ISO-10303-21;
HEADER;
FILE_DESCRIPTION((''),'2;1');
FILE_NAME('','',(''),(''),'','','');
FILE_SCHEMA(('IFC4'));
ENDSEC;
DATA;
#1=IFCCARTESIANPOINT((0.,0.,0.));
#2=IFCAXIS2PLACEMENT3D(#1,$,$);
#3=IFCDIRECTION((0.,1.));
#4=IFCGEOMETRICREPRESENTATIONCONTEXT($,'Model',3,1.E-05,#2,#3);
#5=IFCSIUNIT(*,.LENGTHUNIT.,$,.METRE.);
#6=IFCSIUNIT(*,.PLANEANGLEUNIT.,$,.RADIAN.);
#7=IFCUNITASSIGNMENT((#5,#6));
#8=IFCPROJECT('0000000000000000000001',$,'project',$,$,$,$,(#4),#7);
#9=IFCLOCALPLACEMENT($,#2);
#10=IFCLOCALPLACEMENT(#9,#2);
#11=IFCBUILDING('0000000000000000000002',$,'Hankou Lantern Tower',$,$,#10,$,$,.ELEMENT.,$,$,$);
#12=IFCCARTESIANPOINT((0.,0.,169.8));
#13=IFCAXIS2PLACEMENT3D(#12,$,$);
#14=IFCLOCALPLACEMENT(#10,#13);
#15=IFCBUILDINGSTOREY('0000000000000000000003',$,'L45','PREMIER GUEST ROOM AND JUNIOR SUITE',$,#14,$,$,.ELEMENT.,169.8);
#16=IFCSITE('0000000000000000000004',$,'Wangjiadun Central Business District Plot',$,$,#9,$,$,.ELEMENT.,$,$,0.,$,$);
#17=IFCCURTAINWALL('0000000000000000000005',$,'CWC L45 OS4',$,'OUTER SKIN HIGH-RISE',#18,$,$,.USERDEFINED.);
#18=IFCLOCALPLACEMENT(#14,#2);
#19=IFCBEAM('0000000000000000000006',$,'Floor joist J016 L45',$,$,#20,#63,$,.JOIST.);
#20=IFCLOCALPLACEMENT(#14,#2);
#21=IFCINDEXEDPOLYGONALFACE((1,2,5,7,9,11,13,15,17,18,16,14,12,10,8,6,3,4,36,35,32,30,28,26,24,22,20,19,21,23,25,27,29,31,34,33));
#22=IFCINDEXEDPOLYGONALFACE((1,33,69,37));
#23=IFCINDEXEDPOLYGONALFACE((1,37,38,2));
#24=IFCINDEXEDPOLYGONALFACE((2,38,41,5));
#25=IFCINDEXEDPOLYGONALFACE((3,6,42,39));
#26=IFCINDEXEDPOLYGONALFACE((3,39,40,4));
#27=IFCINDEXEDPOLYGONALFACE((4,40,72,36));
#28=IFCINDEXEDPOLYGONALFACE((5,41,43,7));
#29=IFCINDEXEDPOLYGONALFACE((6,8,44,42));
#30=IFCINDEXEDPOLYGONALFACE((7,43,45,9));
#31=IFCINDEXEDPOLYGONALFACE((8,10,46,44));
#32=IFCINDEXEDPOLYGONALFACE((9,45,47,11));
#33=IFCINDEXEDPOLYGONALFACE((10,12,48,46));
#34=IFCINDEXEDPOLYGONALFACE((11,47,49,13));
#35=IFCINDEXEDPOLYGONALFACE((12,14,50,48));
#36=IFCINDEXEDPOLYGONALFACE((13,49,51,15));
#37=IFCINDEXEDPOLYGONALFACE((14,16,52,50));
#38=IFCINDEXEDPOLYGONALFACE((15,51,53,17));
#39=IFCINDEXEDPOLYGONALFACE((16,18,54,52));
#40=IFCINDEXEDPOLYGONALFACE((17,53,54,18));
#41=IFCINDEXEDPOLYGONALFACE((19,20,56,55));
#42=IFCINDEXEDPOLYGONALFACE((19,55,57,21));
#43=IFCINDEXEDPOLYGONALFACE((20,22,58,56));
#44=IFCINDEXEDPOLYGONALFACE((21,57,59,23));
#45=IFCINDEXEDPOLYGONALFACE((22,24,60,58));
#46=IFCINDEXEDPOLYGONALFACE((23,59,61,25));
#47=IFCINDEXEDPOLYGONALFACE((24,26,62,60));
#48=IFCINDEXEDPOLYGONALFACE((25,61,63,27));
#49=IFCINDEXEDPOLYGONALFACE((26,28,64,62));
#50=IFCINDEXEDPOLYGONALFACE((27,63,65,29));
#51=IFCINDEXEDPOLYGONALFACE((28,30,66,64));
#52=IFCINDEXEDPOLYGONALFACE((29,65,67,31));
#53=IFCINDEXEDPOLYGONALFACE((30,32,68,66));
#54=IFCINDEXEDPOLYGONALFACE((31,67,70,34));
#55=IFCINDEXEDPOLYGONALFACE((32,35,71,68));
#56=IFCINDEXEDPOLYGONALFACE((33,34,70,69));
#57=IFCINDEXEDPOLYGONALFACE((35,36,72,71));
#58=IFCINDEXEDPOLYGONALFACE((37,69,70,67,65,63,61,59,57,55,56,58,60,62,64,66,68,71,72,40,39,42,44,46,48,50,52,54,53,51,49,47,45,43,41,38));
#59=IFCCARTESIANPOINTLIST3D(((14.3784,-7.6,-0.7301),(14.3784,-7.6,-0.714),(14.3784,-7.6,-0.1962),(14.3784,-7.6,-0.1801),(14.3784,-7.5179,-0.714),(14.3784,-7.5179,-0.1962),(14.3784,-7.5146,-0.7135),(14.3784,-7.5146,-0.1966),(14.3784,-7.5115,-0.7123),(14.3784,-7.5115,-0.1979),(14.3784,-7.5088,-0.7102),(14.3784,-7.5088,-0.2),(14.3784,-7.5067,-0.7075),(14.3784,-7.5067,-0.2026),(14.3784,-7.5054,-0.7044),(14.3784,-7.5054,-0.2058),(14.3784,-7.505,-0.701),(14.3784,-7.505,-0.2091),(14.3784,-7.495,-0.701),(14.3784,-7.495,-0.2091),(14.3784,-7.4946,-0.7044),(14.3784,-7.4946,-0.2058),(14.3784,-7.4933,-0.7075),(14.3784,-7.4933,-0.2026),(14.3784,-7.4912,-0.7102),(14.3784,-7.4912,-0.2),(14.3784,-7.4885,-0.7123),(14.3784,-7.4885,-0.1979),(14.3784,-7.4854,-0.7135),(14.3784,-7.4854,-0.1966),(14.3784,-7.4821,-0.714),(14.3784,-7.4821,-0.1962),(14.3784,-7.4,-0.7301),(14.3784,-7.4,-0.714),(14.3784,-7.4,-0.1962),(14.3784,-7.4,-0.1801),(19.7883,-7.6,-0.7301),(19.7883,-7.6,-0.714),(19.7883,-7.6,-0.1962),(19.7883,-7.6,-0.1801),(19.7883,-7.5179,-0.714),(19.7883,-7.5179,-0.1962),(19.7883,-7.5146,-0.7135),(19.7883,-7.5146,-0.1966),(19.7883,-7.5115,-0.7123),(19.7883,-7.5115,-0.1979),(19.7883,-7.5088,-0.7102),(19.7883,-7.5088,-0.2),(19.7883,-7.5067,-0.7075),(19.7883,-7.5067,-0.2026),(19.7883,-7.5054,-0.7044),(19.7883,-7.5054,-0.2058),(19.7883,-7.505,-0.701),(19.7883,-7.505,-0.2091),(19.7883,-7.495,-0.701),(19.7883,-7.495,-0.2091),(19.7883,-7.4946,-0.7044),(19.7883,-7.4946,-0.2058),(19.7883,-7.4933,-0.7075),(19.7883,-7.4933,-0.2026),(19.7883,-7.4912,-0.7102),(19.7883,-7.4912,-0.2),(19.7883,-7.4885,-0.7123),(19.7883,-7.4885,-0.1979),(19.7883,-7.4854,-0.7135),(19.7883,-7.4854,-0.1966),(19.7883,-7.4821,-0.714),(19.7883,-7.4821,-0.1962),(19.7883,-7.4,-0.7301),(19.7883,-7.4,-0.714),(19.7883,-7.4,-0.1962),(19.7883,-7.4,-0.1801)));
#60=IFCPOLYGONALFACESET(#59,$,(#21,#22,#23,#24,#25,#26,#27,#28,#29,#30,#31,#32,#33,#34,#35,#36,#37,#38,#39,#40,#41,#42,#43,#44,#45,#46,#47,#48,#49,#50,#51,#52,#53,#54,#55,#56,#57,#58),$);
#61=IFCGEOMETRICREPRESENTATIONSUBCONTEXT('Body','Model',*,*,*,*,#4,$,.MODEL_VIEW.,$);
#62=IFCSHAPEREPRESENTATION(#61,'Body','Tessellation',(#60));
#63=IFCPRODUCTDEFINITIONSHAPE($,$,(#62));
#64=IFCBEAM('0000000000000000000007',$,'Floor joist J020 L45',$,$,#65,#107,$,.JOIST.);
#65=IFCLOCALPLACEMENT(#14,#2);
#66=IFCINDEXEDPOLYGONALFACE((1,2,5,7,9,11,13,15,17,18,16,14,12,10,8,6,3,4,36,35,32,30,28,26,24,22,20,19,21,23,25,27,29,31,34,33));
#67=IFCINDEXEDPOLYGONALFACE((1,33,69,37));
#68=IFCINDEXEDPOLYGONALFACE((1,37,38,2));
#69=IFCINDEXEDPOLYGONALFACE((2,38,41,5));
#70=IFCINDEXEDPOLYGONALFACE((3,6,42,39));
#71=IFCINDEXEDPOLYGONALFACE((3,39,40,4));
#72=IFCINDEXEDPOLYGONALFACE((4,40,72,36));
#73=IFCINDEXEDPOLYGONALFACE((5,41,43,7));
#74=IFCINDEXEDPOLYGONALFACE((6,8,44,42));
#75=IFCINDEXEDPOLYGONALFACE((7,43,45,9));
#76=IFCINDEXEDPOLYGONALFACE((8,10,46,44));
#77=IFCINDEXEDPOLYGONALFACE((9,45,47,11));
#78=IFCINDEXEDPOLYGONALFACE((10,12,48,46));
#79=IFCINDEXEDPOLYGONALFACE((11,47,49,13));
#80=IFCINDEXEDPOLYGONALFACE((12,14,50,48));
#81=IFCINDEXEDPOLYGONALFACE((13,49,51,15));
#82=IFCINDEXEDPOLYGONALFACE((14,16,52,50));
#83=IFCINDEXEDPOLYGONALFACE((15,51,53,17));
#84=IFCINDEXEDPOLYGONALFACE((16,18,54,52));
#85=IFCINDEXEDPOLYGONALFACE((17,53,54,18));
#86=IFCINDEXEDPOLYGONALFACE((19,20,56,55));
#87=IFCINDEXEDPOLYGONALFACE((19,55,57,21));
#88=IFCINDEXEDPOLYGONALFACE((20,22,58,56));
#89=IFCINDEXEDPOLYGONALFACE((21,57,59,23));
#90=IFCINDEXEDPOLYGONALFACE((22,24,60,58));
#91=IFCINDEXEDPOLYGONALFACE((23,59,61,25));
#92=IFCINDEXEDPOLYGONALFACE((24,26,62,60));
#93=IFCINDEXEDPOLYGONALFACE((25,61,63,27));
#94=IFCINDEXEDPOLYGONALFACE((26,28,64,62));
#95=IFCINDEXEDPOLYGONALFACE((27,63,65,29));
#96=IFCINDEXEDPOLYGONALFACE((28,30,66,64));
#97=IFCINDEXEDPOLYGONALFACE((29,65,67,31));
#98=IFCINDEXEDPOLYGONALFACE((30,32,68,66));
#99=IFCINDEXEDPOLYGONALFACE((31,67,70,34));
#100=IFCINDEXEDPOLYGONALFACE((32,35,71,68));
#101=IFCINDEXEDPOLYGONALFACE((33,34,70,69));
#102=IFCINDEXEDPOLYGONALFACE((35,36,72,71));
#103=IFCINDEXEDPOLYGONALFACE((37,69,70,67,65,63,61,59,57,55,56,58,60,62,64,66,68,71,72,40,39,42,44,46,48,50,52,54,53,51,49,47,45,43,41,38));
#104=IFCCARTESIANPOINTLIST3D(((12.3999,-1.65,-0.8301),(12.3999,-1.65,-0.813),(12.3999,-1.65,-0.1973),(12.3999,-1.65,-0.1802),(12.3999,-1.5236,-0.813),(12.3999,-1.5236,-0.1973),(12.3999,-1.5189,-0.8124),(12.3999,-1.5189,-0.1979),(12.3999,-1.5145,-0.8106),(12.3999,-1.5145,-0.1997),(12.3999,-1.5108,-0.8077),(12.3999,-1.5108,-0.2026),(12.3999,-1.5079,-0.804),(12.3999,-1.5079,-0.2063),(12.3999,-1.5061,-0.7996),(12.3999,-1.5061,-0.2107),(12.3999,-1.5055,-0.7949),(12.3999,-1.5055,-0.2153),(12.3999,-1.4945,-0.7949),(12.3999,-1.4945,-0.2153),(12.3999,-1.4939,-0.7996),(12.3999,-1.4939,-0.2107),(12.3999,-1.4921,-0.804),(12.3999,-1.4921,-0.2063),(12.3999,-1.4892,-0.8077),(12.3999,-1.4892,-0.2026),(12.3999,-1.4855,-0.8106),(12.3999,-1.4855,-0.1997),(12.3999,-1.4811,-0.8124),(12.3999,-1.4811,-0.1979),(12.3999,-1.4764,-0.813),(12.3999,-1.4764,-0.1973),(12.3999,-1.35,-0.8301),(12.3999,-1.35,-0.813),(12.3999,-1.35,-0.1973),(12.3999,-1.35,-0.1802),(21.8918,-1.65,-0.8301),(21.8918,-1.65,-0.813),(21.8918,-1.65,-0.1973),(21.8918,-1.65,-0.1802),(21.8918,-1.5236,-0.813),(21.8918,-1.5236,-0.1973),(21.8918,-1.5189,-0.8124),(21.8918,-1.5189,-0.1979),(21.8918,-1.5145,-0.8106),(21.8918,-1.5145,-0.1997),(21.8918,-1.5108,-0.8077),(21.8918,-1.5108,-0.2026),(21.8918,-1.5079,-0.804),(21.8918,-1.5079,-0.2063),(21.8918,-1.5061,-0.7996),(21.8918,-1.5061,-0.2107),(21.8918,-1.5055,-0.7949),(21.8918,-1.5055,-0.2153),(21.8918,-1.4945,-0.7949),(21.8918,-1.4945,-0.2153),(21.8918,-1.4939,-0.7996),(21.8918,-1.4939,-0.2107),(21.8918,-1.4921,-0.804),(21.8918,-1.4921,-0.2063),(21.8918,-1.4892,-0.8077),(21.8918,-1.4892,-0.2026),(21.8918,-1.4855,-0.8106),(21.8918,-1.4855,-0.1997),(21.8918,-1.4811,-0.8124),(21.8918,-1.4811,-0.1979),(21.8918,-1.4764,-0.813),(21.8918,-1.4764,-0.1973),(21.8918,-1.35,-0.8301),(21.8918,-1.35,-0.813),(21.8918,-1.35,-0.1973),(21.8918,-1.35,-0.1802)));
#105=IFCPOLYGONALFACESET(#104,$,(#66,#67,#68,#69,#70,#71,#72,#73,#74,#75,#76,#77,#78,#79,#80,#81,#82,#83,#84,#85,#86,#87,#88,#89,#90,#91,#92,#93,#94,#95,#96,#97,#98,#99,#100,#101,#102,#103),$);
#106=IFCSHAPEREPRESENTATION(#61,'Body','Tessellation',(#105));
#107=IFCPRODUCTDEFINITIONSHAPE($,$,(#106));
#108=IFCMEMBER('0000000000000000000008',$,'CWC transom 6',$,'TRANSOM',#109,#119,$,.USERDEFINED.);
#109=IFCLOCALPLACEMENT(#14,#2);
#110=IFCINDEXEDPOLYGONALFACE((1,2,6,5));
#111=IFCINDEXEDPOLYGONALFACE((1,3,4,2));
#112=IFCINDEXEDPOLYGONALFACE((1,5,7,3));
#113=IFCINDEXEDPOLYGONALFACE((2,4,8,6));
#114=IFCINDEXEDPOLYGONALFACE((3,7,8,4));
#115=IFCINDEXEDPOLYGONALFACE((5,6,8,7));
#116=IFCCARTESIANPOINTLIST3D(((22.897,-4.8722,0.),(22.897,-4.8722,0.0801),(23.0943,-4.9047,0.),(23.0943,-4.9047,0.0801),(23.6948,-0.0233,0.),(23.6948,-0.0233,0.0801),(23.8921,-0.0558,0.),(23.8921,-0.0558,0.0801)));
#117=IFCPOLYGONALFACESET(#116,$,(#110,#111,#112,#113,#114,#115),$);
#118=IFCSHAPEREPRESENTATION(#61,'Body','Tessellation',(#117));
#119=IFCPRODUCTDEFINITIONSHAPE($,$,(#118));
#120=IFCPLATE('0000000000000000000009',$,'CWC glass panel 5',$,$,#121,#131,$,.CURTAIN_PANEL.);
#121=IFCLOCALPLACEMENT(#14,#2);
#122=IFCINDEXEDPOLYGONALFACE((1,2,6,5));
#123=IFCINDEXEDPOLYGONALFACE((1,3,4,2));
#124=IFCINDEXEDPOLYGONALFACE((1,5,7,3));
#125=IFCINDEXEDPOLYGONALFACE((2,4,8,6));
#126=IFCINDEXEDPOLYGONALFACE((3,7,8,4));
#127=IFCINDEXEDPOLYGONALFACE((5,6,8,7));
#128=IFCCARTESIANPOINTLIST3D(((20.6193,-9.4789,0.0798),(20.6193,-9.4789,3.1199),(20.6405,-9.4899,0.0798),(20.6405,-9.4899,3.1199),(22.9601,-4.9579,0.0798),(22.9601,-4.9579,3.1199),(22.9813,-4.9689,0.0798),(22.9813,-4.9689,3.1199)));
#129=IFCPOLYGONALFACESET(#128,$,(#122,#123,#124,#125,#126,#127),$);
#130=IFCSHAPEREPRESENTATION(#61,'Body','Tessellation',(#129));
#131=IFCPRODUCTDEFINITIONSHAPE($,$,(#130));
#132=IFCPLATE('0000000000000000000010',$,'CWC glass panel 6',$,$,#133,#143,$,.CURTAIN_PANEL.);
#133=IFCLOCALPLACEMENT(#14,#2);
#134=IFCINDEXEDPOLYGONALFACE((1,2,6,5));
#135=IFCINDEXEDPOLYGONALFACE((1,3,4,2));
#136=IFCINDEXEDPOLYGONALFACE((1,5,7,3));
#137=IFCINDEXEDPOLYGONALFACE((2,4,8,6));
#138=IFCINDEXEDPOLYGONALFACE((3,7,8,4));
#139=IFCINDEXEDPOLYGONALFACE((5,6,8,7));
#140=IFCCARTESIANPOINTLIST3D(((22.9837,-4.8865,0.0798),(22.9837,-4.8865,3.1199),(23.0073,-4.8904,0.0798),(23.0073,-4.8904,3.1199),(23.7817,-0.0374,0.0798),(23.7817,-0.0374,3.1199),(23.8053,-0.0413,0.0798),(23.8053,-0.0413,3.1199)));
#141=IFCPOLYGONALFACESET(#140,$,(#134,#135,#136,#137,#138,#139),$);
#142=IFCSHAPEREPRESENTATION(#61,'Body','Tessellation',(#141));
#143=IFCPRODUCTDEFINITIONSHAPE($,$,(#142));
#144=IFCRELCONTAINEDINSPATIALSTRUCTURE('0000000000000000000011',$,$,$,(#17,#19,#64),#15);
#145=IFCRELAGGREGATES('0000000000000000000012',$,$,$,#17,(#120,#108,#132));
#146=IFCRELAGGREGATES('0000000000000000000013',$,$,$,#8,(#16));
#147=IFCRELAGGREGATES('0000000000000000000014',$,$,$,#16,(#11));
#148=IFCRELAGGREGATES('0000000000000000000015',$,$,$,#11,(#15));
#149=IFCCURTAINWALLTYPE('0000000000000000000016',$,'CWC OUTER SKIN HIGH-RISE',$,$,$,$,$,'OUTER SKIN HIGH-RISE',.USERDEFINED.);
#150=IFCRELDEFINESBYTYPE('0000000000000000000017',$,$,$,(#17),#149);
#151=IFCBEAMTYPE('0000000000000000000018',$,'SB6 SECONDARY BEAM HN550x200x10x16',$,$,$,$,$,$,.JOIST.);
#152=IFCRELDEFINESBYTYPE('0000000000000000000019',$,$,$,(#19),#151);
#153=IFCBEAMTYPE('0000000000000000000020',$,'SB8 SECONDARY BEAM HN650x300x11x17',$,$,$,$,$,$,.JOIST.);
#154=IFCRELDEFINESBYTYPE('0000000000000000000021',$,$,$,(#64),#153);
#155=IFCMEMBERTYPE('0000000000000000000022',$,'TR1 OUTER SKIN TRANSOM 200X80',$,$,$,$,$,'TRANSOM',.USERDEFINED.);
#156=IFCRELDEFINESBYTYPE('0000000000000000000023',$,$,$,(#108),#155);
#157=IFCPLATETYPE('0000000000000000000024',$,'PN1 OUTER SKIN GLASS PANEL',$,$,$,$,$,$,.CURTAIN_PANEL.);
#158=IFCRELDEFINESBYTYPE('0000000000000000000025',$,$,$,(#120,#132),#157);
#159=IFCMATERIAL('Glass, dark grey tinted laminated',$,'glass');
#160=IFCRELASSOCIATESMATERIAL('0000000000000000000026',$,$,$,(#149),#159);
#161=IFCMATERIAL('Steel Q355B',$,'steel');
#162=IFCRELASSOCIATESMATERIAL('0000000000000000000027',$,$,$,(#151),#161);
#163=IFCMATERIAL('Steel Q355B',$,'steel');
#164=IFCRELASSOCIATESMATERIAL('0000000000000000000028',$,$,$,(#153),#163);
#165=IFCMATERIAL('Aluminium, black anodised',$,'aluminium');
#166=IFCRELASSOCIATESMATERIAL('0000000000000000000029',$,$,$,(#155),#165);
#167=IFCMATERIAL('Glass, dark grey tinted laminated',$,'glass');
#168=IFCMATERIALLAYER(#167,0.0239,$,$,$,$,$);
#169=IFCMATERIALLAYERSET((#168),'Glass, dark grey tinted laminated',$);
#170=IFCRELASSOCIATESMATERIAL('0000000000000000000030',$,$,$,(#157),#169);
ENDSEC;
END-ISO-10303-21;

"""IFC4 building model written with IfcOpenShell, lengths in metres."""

from ifc_helpers import new_model, si_unit, direction, frame, origin, origin_2d, place, context, subcontext, project, spatial, rectangle, i_section, extrude, material, layer, layer_set, material_profile, profile_set, type_object, element, aggregate, save


model = new_model("IFC4")

# Units and contexts
model_context = context("Model", 3, precision=1e-05, world=origin(), true_north=direction((0.0, 1.0)))
body_context = subcontext(model_context, "Body", "Model", "MODEL_VIEW")
ifc_project = project(units=[si_unit("LENGTHUNIT", "METRE"), si_unit("PLANEANGLEUNIT", "RADIAN")], contexts=[model_context])

# Site, building, storey
site_placement = place(None, origin())
site = spatial("IfcSite", under=ifc_project, at=site_placement, Name="Wangjiadun Central Business District Plot", CompositionType="ELEMENT", RefElevation=0.0)
building_placement = place(site_placement, origin())
building = spatial("IfcBuilding", under=site, at=building_placement, Name="Hankou Lantern Tower", CompositionType="ELEMENT")
storey_placement = place(building_placement, frame((0.0, 0.0, 169.8)))
storey = spatial("IfcBuildingStorey", under=building, at=storey_placement, Name="L45", Description="PREMIER GUEST ROOM AND JUNIOR SUITE", CompositionType="ELEMENT", Elevation=169.8)

# Curtain wall
ifc_material_1 = material(Name="Glass, dark grey tinted laminated", Category="glass")
curtain_wall_type = type_object("IfcCurtainWallType", Name="CWC OUTER SKIN HIGH-RISE", ElementType="OUTER SKIN HIGH-RISE", PredefinedType="USERDEFINED", material=ifc_material_1)
curtain_wall_placement = place(storey_placement, origin())
curtain_wall = element("IfcCurtainWall", 1, at=curtain_wall_placement, inside=storey, type_object=curtain_wall_type, Name="CWC L45 OS4", ObjectType="OUTER SKIN HIGH-RISE", PredefinedType="USERDEFINED")

# Beams
ifc_material_2 = material(Name="Steel Q355B", Category="steel")
ifc_material_profile_1 = material_profile(ifc_material_2, i_section(OverallWidth=0.2, OverallDepth=0.55, WebThickness=0.01, FlangeThickness=0.0161, FilletRadius=0.0129, at=origin_2d()), Name="HN550x200x10x16")
ifc_profile_set_1 = profile_set([ifc_material_profile_1], Name="Steel Q355B")
beam_type_1 = type_object("IfcBeamType", Name="SB6 SECONDARY BEAM HN550x200x10x16", PredefinedType="JOIST", material=ifc_profile_set_1)
beam_1_placement = place(storey_placement, frame((14.3784, -7.5, -0.4551), z_axis=(1.0, 0.0, 0.0), x_axis=(0.0, 1.0, 0.0)))
element("IfcBeam", 2, at=beam_1_placement, inside=storey, type_object=beam_type_1, Name="Floor joist J016 L45", PredefinedType="JOIST", context=body_context, shape_type="SweptSolid", body=[
    extrude(i_section(OverallWidth=0.2, OverallDepth=0.55, WebThickness=0.01, FlangeThickness=0.0161, FilletRadius=0.0129, at=origin_2d()), origin(), (0.0, 0.0, 1.0), 5.4099),
])
ifc_material_3 = material(Name="Steel Q355B", Category="steel")
ifc_material_profile_2 = material_profile(ifc_material_3, i_section(OverallWidth=0.3, OverallDepth=0.6499, WebThickness=0.011, FlangeThickness=0.0171, FilletRadius=0.0181, at=origin_2d()), Name="HN650x300x11x17")
ifc_profile_set_2 = profile_set([ifc_material_profile_2], Name="Steel Q355B")
beam_type_2 = type_object("IfcBeamType", Name="SB8 SECONDARY BEAM HN650x300x11x17", PredefinedType="JOIST", material=ifc_profile_set_2)
beam_2_placement = place(storey_placement, frame((12.3999, -1.5, -0.5051), z_axis=(1.0, 0.0, 0.0), x_axis=(0.0, 1.0, 0.0)))
element("IfcBeam", 3, at=beam_2_placement, inside=storey, type_object=beam_type_2, Name="Floor joist J020 L45", PredefinedType="JOIST", context=body_context, shape_type="SweptSolid", body=[
    extrude(i_section(OverallWidth=0.3, OverallDepth=0.6499, WebThickness=0.011, FlangeThickness=0.0171, FilletRadius=0.0181, at=origin_2d()), origin(), (0.0, 0.0, 1.0), 9.4919),
])

# Member
ifc_material_4 = material(Name="Aluminium, black anodised", Category="aluminium")
ifc_material_profile_3 = material_profile(ifc_material_4, rectangle(XDim=0.2, YDim=0.0801, at=origin_2d()), Name="TR1 200X80")
ifc_profile_set_3 = profile_set([ifc_material_profile_3], Name="Aluminium, black anodised")
member_type_1 = type_object("IfcMemberType", Name="TR1 OUTER SKIN TRANSOM 200X80", ElementType="TRANSOM", PredefinedType="USERDEFINED", material=ifc_profile_set_3)
member_1_placement = place(storey_placement, frame((22.9956, -4.8884, 0.04), z_axis=(0.16236, 0.986732, 0.0), x_axis=(-0.986732, 0.16236, 0.0)))
member_1 = element("IfcMember", 4, at=member_1_placement, type_object=member_type_1, Name="CWC transom 6", ObjectType="TRANSOM", PredefinedType="USERDEFINED", context=body_context, shape_type="SweptSolid", body=[
    extrude(rectangle(XDim=0.2, YDim=0.0801, at=origin_2d()), origin(), (0.0, 0.0, 1.0), 4.9141),
])

# Plates
ifc_material_5 = material(Name="Glass, dark grey tinted laminated", Category="glass")
ifc_layer_1 = layer(ifc_material_5, 0.0239)
ifc_layer_set_1 = layer_set([ifc_layer_1], Name="Glass, dark grey tinted laminated")
plate_type = type_object("IfcPlateType", Name="PN1 OUTER SKIN GLASS PANEL", PredefinedType="CURTAIN_PANEL", material=ifc_layer_set_1)
plate_1_placement = place(storey_placement, frame((21.8003, -7.2239, 0.0798), z_axis=(0.0, 0.0, 1.0), x_axis=(0.459791, 0.888027, 0.0)))
plate_1 = element("IfcPlate", 5, at=plate_1_placement, type_object=plate_type, Name="CWC glass panel 5", PredefinedType="CURTAIN_PANEL", context=body_context, shape_type="SweptSolid", body=[
    extrude(rectangle(XDim=5.0911, YDim=0.0239, at=origin_2d()), origin(), (0.0, 0.0, 1.0), 3.04),
])
plate_2_placement = place(storey_placement, frame((23.3945, -2.4639, 0.0798), z_axis=(0.0, 0.0, 1.0), x_axis=(0.162382, 0.986728, 0.0)))
plate_2 = element("IfcPlate", 6, at=plate_2_placement, type_object=plate_type, Name="CWC glass panel 6", PredefinedType="CURTAIN_PANEL", context=body_context, shape_type="SweptSolid", body=[
    extrude(rectangle(XDim=4.9143, YDim=0.0239, at=origin_2d()), origin(), (0.0, 0.0, 1.0), 3.04),
])
aggregate(curtain_wall, [plate_1, member_1, plate_2])

save(model, "model.ifc")
